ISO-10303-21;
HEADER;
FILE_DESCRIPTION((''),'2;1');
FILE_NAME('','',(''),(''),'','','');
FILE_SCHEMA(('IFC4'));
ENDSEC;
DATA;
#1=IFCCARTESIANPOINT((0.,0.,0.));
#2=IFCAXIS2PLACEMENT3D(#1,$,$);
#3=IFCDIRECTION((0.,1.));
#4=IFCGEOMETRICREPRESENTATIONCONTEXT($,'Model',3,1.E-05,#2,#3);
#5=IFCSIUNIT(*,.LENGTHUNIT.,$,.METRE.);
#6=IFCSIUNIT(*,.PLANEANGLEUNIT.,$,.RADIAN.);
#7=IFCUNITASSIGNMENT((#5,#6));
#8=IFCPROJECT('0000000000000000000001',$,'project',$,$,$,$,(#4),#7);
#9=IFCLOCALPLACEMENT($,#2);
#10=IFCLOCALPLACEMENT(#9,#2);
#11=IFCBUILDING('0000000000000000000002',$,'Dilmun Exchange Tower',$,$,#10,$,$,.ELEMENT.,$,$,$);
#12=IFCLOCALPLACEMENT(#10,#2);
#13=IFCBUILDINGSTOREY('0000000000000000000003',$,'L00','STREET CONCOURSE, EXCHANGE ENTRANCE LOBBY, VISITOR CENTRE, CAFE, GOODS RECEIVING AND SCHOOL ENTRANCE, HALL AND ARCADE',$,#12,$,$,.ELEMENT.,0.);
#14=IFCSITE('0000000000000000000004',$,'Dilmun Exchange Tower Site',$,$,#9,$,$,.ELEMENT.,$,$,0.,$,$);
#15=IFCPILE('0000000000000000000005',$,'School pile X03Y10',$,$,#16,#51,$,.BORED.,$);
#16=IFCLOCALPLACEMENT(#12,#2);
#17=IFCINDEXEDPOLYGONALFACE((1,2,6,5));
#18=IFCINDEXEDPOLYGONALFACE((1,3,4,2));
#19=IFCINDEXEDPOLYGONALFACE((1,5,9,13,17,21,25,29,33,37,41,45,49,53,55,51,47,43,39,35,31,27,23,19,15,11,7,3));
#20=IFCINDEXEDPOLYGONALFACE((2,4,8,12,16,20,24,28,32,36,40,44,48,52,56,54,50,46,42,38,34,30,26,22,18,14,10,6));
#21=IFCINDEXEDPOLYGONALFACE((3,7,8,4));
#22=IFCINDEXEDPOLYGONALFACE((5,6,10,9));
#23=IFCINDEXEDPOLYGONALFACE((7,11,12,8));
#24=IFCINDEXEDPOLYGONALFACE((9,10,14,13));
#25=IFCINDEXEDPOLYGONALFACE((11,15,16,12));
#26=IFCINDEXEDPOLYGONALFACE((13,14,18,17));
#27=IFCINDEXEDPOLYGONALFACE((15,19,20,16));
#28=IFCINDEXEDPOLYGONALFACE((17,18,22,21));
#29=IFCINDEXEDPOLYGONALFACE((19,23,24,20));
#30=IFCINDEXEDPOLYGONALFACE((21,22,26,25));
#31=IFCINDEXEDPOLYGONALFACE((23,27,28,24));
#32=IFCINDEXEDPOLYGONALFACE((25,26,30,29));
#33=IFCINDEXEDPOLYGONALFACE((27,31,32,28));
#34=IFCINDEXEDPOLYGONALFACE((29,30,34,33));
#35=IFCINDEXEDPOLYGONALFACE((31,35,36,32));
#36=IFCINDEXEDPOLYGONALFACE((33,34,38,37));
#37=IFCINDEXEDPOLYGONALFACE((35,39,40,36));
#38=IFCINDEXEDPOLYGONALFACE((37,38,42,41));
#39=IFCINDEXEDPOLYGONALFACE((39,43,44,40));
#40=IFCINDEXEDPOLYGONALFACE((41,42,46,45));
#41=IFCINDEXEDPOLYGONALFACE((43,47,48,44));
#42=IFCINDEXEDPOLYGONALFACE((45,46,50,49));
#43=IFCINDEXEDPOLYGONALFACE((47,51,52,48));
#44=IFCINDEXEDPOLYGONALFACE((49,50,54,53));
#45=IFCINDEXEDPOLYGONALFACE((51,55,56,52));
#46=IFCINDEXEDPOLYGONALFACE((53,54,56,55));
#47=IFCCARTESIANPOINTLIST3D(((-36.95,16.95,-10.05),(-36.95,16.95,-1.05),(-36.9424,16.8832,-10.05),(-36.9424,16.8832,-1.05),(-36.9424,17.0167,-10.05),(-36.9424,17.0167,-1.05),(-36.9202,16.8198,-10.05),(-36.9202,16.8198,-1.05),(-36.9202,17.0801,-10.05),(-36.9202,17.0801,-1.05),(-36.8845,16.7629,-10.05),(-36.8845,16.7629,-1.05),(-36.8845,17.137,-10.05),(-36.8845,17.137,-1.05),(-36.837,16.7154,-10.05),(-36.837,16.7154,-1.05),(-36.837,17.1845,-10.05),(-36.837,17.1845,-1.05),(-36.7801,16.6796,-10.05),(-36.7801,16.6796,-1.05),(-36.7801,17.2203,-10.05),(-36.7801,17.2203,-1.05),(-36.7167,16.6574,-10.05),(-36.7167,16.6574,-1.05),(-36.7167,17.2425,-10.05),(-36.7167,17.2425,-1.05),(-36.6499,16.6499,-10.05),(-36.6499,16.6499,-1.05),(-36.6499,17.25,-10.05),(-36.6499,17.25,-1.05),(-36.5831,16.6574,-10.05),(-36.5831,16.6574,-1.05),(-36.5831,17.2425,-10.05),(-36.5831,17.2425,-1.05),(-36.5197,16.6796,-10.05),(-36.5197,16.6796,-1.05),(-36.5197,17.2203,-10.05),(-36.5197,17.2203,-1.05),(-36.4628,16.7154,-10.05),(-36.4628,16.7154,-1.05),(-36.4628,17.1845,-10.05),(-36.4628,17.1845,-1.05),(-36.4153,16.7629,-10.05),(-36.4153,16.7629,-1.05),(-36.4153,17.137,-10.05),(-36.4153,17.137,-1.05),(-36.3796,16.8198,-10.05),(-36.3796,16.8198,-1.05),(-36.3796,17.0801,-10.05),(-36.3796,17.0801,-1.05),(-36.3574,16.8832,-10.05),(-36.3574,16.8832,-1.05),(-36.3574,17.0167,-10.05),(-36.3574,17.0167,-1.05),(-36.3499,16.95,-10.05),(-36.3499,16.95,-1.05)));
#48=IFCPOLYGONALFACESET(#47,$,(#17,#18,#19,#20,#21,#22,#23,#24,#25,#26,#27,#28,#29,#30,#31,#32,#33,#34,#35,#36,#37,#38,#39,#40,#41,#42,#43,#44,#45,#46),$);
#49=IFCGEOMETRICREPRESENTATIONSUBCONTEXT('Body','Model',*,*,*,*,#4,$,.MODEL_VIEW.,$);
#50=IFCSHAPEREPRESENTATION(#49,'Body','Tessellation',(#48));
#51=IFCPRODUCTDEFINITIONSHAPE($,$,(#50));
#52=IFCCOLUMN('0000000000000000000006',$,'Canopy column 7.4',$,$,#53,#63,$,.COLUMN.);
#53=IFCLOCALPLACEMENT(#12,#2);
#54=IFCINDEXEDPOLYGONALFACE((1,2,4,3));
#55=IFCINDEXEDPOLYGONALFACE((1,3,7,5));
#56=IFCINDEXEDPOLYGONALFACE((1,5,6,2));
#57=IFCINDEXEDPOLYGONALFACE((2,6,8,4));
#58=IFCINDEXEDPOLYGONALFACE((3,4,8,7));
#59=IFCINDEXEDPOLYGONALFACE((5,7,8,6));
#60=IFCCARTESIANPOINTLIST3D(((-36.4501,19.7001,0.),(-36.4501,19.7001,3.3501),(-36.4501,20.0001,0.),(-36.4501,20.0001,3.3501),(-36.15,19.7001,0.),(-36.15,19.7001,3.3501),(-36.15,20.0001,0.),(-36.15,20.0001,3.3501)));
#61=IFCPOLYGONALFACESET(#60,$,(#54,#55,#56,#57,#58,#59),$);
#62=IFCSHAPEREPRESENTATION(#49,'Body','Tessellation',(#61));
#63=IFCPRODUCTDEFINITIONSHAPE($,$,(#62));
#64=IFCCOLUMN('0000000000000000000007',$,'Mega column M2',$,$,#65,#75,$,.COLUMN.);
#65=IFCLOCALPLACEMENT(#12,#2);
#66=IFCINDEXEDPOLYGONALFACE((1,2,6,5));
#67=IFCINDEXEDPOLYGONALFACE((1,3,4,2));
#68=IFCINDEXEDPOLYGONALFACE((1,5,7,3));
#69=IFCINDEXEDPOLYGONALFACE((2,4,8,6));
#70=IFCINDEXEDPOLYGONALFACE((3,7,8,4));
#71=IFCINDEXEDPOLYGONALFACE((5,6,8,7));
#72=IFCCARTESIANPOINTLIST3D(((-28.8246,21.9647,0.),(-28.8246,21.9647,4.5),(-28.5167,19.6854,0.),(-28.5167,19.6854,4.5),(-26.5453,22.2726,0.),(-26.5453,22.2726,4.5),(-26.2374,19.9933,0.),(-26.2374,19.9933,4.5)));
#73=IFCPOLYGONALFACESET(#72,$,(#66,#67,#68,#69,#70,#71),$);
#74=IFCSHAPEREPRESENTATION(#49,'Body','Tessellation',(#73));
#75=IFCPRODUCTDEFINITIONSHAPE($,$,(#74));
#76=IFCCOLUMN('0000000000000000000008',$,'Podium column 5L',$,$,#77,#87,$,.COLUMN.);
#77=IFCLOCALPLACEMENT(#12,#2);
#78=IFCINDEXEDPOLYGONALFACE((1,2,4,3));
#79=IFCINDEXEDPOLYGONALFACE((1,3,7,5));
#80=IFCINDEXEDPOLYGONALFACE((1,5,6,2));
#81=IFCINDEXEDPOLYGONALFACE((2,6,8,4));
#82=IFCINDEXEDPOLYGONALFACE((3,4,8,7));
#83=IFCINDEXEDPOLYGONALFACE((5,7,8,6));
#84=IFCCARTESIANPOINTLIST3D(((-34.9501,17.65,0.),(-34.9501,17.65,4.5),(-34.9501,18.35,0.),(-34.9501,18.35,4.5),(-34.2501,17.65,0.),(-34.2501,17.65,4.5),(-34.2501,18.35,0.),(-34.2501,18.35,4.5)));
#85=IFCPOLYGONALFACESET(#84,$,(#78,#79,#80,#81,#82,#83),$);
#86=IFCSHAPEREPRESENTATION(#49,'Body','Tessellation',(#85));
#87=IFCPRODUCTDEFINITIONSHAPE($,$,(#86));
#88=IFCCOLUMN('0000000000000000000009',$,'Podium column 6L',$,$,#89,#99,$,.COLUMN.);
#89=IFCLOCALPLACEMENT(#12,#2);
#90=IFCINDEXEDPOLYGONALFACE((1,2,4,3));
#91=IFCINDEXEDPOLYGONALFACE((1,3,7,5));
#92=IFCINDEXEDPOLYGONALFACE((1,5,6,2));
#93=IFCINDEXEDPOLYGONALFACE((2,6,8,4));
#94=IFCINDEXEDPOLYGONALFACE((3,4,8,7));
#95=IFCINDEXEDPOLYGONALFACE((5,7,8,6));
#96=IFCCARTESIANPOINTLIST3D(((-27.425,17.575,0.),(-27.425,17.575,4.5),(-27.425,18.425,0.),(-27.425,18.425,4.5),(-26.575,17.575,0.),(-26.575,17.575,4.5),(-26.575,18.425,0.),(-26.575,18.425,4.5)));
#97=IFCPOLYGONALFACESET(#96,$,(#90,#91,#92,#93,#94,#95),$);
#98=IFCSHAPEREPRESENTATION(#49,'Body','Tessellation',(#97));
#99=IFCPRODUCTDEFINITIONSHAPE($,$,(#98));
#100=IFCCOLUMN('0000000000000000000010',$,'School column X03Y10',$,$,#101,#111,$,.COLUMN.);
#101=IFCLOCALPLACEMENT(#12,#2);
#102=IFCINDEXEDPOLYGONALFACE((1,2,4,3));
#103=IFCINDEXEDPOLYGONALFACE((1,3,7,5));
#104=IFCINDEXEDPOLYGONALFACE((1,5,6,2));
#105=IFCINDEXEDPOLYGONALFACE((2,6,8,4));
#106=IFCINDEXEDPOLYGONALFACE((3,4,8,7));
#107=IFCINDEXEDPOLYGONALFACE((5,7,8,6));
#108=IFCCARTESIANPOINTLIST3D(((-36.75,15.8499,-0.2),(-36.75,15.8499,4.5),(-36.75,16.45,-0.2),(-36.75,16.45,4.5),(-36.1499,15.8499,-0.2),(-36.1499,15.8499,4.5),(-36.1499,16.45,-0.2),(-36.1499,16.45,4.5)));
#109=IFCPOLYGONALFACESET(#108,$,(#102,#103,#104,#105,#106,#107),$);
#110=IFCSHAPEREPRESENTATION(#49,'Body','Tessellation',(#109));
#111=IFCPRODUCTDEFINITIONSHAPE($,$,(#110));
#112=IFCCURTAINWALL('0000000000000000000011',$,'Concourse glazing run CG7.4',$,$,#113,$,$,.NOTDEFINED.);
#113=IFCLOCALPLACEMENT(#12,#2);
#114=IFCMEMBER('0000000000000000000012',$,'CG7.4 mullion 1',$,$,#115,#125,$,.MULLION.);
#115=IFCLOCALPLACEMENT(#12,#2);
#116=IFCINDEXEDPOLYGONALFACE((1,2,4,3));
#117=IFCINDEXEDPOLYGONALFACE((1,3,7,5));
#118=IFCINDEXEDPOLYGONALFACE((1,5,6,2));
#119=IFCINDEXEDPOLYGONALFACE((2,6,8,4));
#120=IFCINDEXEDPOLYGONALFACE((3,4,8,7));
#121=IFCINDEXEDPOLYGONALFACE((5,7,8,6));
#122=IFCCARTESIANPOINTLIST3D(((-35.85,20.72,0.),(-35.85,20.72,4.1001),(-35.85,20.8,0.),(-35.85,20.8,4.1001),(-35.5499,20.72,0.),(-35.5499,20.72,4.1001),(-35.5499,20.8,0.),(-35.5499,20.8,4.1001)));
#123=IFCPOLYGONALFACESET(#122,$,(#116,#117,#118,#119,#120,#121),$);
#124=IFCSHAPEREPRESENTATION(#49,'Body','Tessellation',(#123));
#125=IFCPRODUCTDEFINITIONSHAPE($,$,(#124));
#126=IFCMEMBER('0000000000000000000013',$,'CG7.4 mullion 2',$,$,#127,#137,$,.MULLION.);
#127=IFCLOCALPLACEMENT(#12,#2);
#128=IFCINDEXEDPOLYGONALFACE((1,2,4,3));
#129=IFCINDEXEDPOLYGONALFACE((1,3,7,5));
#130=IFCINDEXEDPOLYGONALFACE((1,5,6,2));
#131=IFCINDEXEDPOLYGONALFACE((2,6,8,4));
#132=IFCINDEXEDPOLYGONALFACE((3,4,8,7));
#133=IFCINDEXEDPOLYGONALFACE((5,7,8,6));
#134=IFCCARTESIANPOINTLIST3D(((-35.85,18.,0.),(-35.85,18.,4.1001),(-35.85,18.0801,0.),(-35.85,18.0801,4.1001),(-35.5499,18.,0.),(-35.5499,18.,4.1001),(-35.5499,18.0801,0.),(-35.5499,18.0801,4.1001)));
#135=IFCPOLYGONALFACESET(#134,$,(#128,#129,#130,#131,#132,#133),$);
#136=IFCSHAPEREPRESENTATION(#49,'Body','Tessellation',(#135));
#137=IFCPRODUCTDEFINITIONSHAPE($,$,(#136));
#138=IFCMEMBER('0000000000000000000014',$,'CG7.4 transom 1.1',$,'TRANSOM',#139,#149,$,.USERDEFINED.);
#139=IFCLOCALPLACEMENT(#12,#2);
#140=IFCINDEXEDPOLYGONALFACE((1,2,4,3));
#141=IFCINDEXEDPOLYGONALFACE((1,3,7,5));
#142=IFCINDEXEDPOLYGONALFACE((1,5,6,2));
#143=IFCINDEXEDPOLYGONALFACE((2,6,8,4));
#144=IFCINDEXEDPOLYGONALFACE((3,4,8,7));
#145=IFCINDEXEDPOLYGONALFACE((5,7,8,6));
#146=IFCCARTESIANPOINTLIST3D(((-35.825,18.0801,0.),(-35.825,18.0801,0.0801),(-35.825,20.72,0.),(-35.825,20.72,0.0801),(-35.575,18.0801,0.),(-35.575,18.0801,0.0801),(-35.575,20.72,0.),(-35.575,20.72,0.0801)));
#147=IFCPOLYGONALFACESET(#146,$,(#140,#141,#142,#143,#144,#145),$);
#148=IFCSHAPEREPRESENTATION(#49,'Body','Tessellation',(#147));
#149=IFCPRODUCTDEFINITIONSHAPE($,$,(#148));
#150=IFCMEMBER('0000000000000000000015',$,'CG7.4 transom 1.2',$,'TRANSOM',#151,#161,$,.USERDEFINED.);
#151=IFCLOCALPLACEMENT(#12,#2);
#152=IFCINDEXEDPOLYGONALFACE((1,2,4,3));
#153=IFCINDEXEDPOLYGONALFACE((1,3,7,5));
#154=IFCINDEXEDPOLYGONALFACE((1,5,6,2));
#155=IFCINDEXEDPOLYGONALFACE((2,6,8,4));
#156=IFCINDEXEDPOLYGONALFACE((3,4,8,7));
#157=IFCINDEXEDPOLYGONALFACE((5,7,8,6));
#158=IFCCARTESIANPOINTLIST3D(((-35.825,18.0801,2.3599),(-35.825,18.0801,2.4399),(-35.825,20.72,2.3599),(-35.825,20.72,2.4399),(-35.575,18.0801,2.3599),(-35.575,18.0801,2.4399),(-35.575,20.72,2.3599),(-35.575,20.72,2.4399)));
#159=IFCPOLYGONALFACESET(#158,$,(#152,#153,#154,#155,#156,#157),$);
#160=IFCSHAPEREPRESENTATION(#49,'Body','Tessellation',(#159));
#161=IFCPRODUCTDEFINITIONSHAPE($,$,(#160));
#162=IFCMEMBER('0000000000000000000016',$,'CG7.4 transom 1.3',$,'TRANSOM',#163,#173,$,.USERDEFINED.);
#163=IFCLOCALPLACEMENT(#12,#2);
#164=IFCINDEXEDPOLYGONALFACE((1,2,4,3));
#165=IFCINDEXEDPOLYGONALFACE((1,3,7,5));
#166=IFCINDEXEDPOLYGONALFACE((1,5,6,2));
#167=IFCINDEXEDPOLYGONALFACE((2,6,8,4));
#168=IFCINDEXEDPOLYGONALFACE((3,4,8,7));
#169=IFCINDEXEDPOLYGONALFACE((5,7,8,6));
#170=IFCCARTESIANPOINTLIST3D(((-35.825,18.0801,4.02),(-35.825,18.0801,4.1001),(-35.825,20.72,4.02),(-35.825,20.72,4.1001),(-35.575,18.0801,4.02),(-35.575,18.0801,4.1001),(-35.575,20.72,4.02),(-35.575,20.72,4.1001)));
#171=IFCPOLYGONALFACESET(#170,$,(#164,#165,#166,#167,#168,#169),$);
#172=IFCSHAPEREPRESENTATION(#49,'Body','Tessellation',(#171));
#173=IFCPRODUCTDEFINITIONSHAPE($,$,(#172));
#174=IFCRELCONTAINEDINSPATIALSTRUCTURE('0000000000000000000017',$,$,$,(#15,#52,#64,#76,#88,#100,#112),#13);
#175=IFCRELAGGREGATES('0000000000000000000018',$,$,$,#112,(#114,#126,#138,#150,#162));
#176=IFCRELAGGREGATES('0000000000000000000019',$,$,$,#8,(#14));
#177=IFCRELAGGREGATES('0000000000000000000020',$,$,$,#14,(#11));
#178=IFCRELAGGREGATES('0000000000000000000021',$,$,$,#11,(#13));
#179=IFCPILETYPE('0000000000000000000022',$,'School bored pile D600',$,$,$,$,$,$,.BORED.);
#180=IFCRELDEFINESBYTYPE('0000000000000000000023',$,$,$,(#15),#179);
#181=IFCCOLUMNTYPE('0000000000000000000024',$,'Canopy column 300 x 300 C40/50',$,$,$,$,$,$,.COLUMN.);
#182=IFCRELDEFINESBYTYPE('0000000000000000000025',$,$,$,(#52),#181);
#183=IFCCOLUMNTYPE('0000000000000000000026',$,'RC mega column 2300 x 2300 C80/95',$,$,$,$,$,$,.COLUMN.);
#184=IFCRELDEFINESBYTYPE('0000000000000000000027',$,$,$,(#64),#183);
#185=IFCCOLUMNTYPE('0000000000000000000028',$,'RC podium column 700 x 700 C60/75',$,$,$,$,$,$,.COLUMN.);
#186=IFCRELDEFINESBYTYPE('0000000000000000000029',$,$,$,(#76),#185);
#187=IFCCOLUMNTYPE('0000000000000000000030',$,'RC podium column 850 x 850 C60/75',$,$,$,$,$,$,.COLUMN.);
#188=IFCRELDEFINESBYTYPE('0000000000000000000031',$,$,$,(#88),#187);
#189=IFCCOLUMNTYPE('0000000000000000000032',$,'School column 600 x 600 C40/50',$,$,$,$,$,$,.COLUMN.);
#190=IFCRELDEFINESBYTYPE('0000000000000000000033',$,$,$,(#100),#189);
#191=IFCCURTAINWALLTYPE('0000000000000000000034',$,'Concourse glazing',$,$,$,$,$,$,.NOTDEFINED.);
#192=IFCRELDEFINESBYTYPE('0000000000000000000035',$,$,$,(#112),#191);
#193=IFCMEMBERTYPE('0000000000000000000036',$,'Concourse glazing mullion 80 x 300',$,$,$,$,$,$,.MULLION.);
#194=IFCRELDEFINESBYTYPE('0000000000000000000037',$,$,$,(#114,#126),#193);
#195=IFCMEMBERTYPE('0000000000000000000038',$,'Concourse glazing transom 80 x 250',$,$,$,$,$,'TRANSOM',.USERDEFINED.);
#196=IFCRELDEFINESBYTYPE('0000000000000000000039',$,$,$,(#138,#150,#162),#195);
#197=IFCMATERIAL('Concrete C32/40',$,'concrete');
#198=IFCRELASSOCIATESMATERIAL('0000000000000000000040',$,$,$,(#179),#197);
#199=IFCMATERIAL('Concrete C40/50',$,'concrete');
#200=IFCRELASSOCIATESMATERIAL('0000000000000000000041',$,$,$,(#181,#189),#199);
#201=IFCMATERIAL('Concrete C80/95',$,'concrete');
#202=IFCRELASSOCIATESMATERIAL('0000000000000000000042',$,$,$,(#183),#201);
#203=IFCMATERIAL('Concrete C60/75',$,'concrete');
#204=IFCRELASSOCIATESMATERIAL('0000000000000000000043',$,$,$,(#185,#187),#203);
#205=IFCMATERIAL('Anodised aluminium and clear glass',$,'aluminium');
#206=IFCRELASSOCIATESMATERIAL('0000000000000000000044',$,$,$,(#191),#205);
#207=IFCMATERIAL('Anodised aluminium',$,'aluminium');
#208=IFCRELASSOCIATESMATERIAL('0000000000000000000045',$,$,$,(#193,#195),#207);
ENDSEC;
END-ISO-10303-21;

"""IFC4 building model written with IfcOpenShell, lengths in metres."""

from ifc_helpers import new_model, si_unit, direction, frame, origin, origin_2d, place, context, subcontext, project, spatial, rectangle, circle, extrude, material, material_profile, profile_set, type_object, element, aggregate, save


model = new_model("IFC4")

# Units and contexts
model_context = context("Model", 3, precision=1e-05, world=origin(), true_north=direction((0.0, 1.0)))
body_context = subcontext(model_context, "Body", "Model", "MODEL_VIEW")
ifc_project = project(units=[si_unit("LENGTHUNIT", "METRE"), si_unit("PLANEANGLEUNIT", "RADIAN")], contexts=[model_context])

# Site, building, storey
site_placement = place(None, origin())
site = spatial("IfcSite", under=ifc_project, at=site_placement, Name="Dilmun Exchange Tower Site", CompositionType="ELEMENT", RefElevation=0.0)
building_placement = place(site_placement, origin())
building = spatial("IfcBuilding", under=site, at=building_placement, Name="Dilmun Exchange Tower", CompositionType="ELEMENT")
storey_placement = place(building_placement, origin())
storey = spatial("IfcBuildingStorey", under=building, at=storey_placement, Name="L00", Description="STREET CONCOURSE, EXCHANGE ENTRANCE LOBBY, VISITOR CENTRE, CAFE, GOODS RECEIVING AND SCHOOL ENTRANCE, HALL AND ARCADE", CompositionType="ELEMENT", Elevation=0.0)

# Pile
ifc_material_1 = material(Name="Concrete C32/40", Category="concrete")
ifc_material_profile_1 = material_profile(ifc_material_1, circle(Radius=0.3, at=origin_2d()), Name="D600")
ifc_profile_set_1 = profile_set([ifc_material_profile_1], Name="Concrete C32/40")
pile_type = type_object("IfcPileType", Name="School bored pile D600", PredefinedType="BORED", material=ifc_profile_set_1)
pile_placement = place(storey_placement, frame((-36.6499, 16.95, -1.05), z_axis=(0.0, 0.0, -1.0), x_axis=(1.0, 0.0, 0.0)))
element("IfcPile", 1, at=pile_placement, inside=storey, type_object=pile_type, Name="School pile X03Y10", PredefinedType="BORED", context=body_context, shape_type="SweptSolid", body=[
    extrude(circle(Radius=0.3, at=origin_2d()), origin(), (0.0, 0.0, 1.0), 9.0),
])

# Columns
ifc_material_2 = material(Name="Concrete C40/50", Category="concrete")
ifc_material_profile_2 = material_profile(ifc_material_2, rectangle(XDim=0.3, YDim=0.3, at=origin_2d()), Name="300 x 300")
ifc_profile_set_2 = profile_set([ifc_material_profile_2], Name="Concrete C40/50")
column_type_1 = type_object("IfcColumnType", Name="Canopy column 300 x 300 C40/50", PredefinedType="COLUMN", material=ifc_profile_set_2)
column_1_placement = place(storey_placement, frame((-36.3, 19.8501, 0.0), z_axis=(0.0, 0.0, 1.0), x_axis=(0.0, -1.0, 0.0)))
element("IfcColumn", 2, at=column_1_placement, inside=storey, type_object=column_type_1, Name="Canopy column 7.4", PredefinedType="COLUMN", context=body_context, shape_type="SweptSolid", body=[
    extrude(rectangle(XDim=0.3, YDim=0.3, at=origin_2d()), origin(), (0.0, 0.0, 1.0), 3.3501),
])
ifc_material_3 = material(Name="Concrete C80/95", Category="concrete")
ifc_material_profile_3 = material_profile(ifc_material_3, rectangle(XDim=2.3, YDim=2.3, at=origin_2d()), Name="2300 x 2300")
ifc_profile_set_3 = profile_set([ifc_material_profile_3], Name="Concrete C80/95")
column_type_2 = type_object("IfcColumnType", Name="RC mega column 2300 x 2300 C80/95", PredefinedType="COLUMN", material=ifc_profile_set_3)
column_2_placement = place(storey_placement, frame((-27.531, 20.979, 0.0), z_axis=(0.0, 0.0, 1.0), x_axis=(0.991001, 0.133853, 0.0)))
element("IfcColumn", 3, at=column_2_placement, inside=storey, type_object=column_type_2, Name="Mega column M2", PredefinedType="COLUMN", context=body_context, shape_type="SweptSolid", body=[
    extrude(rectangle(XDim=2.3, YDim=2.3, at=origin_2d()), origin(), (0.0, 0.0, 1.0), 4.5),
])
ifc_material_4 = material(Name="Concrete C60/75", Category="concrete")
ifc_material_profile_4 = material_profile(ifc_material_4, rectangle(XDim=0.7, YDim=0.7, at=origin_2d()), Name="700 x 700")
ifc_profile_set_4 = profile_set([ifc_material_profile_4], Name="Concrete C60/75")
column_type_3 = type_object("IfcColumnType", Name="RC podium column 700 x 700 C60/75", PredefinedType="COLUMN", material=ifc_profile_set_4)
column_3_placement = place(storey_placement, frame((-34.6001, 18.0, 0.0), z_axis=(0.0, 0.0, 1.0), x_axis=(1.0, 0.0, 0.0)))
element("IfcColumn", 4, at=column_3_placement, inside=storey, type_object=column_type_3, Name="Podium column 5L", PredefinedType="COLUMN", context=body_context, shape_type="SweptSolid", body=[
    extrude(rectangle(XDim=0.7, YDim=0.7, at=origin_2d()), origin(), (0.0, 0.0, 1.0), 4.5),
])
ifc_material_profile_5 = material_profile(ifc_material_4, rectangle(XDim=0.8501, YDim=0.8501, at=origin_2d()), Name="850 x 850")
ifc_profile_set_5 = profile_set([ifc_material_profile_5], Name="Concrete C60/75")
column_type_4 = type_object("IfcColumnType", Name="RC podium column 850 x 850 C60/75", PredefinedType="COLUMN", material=ifc_profile_set_5)
column_4_placement = place(storey_placement, frame((-27.0, 18.0, 0.0), z_axis=(0.0, 0.0, 1.0), x_axis=(1.0, 0.0, 0.0)))
element("IfcColumn", 5, at=column_4_placement, inside=storey, type_object=column_type_4, Name="Podium column 6L", PredefinedType="COLUMN", context=body_context, shape_type="SweptSolid", body=[
    extrude(rectangle(XDim=0.8501, YDim=0.8501, at=origin_2d()), origin(), (0.0, 0.0, 1.0), 4.5),
])
ifc_material_profile_6 = material_profile(ifc_material_2, rectangle(XDim=0.6001, YDim=0.6001, at=origin_2d()), Name="600 x 600")
ifc_profile_set_6 = profile_set([ifc_material_profile_6], Name="Concrete C40/50")
column_type_5 = type_object("IfcColumnType", Name="School column 600 x 600 C40/50", PredefinedType="COLUMN", material=ifc_profile_set_6)
column_5_placement = place(storey_placement, frame((-36.45, 16.1499, -0.2), z_axis=(0.0, 0.0, 1.0), x_axis=(1.0, 0.0, 0.0)))
element("IfcColumn", 6, at=column_5_placement, inside=storey, type_object=column_type_5, Name="School column X03Y10", PredefinedType="COLUMN", context=body_context, shape_type="SweptSolid", body=[
    extrude(rectangle(XDim=0.6001, YDim=0.6001, at=origin_2d()), origin(), (0.0, 0.0, 1.0), 4.7),
])

# Curtain wall, members
ifc_material_5 = material(Name="Anodised aluminium and clear glass", Category="aluminium")
curtain_wall_type_1 = type_object("IfcCurtainWallType", Name="Concourse glazing", PredefinedType="NOTDEFINED", material=ifc_material_5)
curtain_wall_1_placement = place(storey_placement, origin())
curtain_wall_1 = element("IfcCurtainWall", 7, at=curtain_wall_1_placement, inside=storey, type_object=curtain_wall_type_1, Name="Concourse glazing run CG7.4", PredefinedType="NOTDEFINED")
ifc_material_6 = material(Name="Anodised aluminium", Category="aluminium")
ifc_material_profile_7 = material_profile(ifc_material_6, rectangle(XDim=0.3, YDim=0.0801, at=origin_2d()), Name="AL 80x300")
ifc_profile_set_7 = profile_set([ifc_material_profile_7], Name="Anodised aluminium")
member_type_1 = type_object("IfcMemberType", Name="Concourse glazing mullion 80 x 300", PredefinedType="MULLION", material=ifc_profile_set_7)
member_1_placement = place(storey_placement, frame((-35.7, 20.76, 0.0), z_axis=(0.0, 0.0, 1.0), x_axis=(1.0, 0.0, 0.0)))
member_1 = element("IfcMember", 8, at=member_1_placement, type_object=member_type_1, Name="CG7.4 mullion 1", PredefinedType="MULLION", context=body_context, shape_type="SweptSolid", body=[
    extrude(rectangle(XDim=0.3, YDim=0.0801, at=origin_2d()), origin(), (0.0, 0.0, 1.0), 4.1001),
])
member_2_placement = place(storey_placement, frame((-35.7, 18.04, 0.0), z_axis=(0.0, 0.0, 1.0), x_axis=(1.0, 0.0, 0.0)))
member_2 = element("IfcMember", 9, at=member_2_placement, type_object=member_type_1, Name="CG7.4 mullion 2", PredefinedType="MULLION", context=body_context, shape_type="SweptSolid", body=[
    extrude(rectangle(XDim=0.3, YDim=0.0801, at=origin_2d()), origin(), (0.0, 0.0, 1.0), 4.1001),
])
ifc_material_profile_8 = material_profile(ifc_material_6, rectangle(XDim=0.25, YDim=0.0801, at=origin_2d()), Name="AL 80x250")
ifc_profile_set_8 = profile_set([ifc_material_profile_8], Name="Anodised aluminium")
member_type_2 = type_object("IfcMemberType", Name="Concourse glazing transom 80 x 250", ElementType="TRANSOM", PredefinedType="USERDEFINED", material=ifc_profile_set_8)
member_3_placement = place(storey_placement, frame((-35.7, 20.72, 0.04), z_axis=(0.0, -1.0, 0.0), x_axis=(1.0, 0.0, 0.0)))
member_3 = element("IfcMember", 10, at=member_3_placement, type_object=member_type_2, Name="CG7.4 transom 1.1", ObjectType="TRANSOM", PredefinedType="USERDEFINED", context=body_context, shape_type="SweptSolid", body=[
    extrude(rectangle(XDim=0.25, YDim=0.0801, at=origin_2d()), origin(), (0.0, 0.0, 1.0), 2.6399),
])
member_4_placement = place(storey_placement, frame((-35.7, 20.72, 2.3999), z_axis=(0.0, -1.0, 0.0), x_axis=(1.0, 0.0, 0.0)))
member_4 = element("IfcMember", 11, at=member_4_placement, type_object=member_type_2, Name="CG7.4 transom 1.2", ObjectType="TRANSOM", PredefinedType="USERDEFINED", context=body_context, shape_type="SweptSolid", body=[
    extrude(rectangle(XDim=0.25, YDim=0.0801, at=origin_2d()), origin(), (0.0, 0.0, 1.0), 2.6399),
])
member_5_placement = place(storey_placement, frame((-35.7, 20.72, 4.0601), z_axis=(0.0, -1.0, 0.0), x_axis=(1.0, 0.0, 0.0)))
member_5 = element("IfcMember", 12, at=member_5_placement, type_object=member_type_2, Name="CG7.4 transom 1.3", ObjectType="TRANSOM", PredefinedType="USERDEFINED", context=body_context, shape_type="SweptSolid", body=[
    extrude(rectangle(XDim=0.25, YDim=0.0801, at=origin_2d()), origin(), (0.0, 0.0, 1.0), 2.6399),
])

aggregate(curtain_wall_1, [member_1, member_2, member_3, member_4, member_5])

save(model, "model.ifc")
